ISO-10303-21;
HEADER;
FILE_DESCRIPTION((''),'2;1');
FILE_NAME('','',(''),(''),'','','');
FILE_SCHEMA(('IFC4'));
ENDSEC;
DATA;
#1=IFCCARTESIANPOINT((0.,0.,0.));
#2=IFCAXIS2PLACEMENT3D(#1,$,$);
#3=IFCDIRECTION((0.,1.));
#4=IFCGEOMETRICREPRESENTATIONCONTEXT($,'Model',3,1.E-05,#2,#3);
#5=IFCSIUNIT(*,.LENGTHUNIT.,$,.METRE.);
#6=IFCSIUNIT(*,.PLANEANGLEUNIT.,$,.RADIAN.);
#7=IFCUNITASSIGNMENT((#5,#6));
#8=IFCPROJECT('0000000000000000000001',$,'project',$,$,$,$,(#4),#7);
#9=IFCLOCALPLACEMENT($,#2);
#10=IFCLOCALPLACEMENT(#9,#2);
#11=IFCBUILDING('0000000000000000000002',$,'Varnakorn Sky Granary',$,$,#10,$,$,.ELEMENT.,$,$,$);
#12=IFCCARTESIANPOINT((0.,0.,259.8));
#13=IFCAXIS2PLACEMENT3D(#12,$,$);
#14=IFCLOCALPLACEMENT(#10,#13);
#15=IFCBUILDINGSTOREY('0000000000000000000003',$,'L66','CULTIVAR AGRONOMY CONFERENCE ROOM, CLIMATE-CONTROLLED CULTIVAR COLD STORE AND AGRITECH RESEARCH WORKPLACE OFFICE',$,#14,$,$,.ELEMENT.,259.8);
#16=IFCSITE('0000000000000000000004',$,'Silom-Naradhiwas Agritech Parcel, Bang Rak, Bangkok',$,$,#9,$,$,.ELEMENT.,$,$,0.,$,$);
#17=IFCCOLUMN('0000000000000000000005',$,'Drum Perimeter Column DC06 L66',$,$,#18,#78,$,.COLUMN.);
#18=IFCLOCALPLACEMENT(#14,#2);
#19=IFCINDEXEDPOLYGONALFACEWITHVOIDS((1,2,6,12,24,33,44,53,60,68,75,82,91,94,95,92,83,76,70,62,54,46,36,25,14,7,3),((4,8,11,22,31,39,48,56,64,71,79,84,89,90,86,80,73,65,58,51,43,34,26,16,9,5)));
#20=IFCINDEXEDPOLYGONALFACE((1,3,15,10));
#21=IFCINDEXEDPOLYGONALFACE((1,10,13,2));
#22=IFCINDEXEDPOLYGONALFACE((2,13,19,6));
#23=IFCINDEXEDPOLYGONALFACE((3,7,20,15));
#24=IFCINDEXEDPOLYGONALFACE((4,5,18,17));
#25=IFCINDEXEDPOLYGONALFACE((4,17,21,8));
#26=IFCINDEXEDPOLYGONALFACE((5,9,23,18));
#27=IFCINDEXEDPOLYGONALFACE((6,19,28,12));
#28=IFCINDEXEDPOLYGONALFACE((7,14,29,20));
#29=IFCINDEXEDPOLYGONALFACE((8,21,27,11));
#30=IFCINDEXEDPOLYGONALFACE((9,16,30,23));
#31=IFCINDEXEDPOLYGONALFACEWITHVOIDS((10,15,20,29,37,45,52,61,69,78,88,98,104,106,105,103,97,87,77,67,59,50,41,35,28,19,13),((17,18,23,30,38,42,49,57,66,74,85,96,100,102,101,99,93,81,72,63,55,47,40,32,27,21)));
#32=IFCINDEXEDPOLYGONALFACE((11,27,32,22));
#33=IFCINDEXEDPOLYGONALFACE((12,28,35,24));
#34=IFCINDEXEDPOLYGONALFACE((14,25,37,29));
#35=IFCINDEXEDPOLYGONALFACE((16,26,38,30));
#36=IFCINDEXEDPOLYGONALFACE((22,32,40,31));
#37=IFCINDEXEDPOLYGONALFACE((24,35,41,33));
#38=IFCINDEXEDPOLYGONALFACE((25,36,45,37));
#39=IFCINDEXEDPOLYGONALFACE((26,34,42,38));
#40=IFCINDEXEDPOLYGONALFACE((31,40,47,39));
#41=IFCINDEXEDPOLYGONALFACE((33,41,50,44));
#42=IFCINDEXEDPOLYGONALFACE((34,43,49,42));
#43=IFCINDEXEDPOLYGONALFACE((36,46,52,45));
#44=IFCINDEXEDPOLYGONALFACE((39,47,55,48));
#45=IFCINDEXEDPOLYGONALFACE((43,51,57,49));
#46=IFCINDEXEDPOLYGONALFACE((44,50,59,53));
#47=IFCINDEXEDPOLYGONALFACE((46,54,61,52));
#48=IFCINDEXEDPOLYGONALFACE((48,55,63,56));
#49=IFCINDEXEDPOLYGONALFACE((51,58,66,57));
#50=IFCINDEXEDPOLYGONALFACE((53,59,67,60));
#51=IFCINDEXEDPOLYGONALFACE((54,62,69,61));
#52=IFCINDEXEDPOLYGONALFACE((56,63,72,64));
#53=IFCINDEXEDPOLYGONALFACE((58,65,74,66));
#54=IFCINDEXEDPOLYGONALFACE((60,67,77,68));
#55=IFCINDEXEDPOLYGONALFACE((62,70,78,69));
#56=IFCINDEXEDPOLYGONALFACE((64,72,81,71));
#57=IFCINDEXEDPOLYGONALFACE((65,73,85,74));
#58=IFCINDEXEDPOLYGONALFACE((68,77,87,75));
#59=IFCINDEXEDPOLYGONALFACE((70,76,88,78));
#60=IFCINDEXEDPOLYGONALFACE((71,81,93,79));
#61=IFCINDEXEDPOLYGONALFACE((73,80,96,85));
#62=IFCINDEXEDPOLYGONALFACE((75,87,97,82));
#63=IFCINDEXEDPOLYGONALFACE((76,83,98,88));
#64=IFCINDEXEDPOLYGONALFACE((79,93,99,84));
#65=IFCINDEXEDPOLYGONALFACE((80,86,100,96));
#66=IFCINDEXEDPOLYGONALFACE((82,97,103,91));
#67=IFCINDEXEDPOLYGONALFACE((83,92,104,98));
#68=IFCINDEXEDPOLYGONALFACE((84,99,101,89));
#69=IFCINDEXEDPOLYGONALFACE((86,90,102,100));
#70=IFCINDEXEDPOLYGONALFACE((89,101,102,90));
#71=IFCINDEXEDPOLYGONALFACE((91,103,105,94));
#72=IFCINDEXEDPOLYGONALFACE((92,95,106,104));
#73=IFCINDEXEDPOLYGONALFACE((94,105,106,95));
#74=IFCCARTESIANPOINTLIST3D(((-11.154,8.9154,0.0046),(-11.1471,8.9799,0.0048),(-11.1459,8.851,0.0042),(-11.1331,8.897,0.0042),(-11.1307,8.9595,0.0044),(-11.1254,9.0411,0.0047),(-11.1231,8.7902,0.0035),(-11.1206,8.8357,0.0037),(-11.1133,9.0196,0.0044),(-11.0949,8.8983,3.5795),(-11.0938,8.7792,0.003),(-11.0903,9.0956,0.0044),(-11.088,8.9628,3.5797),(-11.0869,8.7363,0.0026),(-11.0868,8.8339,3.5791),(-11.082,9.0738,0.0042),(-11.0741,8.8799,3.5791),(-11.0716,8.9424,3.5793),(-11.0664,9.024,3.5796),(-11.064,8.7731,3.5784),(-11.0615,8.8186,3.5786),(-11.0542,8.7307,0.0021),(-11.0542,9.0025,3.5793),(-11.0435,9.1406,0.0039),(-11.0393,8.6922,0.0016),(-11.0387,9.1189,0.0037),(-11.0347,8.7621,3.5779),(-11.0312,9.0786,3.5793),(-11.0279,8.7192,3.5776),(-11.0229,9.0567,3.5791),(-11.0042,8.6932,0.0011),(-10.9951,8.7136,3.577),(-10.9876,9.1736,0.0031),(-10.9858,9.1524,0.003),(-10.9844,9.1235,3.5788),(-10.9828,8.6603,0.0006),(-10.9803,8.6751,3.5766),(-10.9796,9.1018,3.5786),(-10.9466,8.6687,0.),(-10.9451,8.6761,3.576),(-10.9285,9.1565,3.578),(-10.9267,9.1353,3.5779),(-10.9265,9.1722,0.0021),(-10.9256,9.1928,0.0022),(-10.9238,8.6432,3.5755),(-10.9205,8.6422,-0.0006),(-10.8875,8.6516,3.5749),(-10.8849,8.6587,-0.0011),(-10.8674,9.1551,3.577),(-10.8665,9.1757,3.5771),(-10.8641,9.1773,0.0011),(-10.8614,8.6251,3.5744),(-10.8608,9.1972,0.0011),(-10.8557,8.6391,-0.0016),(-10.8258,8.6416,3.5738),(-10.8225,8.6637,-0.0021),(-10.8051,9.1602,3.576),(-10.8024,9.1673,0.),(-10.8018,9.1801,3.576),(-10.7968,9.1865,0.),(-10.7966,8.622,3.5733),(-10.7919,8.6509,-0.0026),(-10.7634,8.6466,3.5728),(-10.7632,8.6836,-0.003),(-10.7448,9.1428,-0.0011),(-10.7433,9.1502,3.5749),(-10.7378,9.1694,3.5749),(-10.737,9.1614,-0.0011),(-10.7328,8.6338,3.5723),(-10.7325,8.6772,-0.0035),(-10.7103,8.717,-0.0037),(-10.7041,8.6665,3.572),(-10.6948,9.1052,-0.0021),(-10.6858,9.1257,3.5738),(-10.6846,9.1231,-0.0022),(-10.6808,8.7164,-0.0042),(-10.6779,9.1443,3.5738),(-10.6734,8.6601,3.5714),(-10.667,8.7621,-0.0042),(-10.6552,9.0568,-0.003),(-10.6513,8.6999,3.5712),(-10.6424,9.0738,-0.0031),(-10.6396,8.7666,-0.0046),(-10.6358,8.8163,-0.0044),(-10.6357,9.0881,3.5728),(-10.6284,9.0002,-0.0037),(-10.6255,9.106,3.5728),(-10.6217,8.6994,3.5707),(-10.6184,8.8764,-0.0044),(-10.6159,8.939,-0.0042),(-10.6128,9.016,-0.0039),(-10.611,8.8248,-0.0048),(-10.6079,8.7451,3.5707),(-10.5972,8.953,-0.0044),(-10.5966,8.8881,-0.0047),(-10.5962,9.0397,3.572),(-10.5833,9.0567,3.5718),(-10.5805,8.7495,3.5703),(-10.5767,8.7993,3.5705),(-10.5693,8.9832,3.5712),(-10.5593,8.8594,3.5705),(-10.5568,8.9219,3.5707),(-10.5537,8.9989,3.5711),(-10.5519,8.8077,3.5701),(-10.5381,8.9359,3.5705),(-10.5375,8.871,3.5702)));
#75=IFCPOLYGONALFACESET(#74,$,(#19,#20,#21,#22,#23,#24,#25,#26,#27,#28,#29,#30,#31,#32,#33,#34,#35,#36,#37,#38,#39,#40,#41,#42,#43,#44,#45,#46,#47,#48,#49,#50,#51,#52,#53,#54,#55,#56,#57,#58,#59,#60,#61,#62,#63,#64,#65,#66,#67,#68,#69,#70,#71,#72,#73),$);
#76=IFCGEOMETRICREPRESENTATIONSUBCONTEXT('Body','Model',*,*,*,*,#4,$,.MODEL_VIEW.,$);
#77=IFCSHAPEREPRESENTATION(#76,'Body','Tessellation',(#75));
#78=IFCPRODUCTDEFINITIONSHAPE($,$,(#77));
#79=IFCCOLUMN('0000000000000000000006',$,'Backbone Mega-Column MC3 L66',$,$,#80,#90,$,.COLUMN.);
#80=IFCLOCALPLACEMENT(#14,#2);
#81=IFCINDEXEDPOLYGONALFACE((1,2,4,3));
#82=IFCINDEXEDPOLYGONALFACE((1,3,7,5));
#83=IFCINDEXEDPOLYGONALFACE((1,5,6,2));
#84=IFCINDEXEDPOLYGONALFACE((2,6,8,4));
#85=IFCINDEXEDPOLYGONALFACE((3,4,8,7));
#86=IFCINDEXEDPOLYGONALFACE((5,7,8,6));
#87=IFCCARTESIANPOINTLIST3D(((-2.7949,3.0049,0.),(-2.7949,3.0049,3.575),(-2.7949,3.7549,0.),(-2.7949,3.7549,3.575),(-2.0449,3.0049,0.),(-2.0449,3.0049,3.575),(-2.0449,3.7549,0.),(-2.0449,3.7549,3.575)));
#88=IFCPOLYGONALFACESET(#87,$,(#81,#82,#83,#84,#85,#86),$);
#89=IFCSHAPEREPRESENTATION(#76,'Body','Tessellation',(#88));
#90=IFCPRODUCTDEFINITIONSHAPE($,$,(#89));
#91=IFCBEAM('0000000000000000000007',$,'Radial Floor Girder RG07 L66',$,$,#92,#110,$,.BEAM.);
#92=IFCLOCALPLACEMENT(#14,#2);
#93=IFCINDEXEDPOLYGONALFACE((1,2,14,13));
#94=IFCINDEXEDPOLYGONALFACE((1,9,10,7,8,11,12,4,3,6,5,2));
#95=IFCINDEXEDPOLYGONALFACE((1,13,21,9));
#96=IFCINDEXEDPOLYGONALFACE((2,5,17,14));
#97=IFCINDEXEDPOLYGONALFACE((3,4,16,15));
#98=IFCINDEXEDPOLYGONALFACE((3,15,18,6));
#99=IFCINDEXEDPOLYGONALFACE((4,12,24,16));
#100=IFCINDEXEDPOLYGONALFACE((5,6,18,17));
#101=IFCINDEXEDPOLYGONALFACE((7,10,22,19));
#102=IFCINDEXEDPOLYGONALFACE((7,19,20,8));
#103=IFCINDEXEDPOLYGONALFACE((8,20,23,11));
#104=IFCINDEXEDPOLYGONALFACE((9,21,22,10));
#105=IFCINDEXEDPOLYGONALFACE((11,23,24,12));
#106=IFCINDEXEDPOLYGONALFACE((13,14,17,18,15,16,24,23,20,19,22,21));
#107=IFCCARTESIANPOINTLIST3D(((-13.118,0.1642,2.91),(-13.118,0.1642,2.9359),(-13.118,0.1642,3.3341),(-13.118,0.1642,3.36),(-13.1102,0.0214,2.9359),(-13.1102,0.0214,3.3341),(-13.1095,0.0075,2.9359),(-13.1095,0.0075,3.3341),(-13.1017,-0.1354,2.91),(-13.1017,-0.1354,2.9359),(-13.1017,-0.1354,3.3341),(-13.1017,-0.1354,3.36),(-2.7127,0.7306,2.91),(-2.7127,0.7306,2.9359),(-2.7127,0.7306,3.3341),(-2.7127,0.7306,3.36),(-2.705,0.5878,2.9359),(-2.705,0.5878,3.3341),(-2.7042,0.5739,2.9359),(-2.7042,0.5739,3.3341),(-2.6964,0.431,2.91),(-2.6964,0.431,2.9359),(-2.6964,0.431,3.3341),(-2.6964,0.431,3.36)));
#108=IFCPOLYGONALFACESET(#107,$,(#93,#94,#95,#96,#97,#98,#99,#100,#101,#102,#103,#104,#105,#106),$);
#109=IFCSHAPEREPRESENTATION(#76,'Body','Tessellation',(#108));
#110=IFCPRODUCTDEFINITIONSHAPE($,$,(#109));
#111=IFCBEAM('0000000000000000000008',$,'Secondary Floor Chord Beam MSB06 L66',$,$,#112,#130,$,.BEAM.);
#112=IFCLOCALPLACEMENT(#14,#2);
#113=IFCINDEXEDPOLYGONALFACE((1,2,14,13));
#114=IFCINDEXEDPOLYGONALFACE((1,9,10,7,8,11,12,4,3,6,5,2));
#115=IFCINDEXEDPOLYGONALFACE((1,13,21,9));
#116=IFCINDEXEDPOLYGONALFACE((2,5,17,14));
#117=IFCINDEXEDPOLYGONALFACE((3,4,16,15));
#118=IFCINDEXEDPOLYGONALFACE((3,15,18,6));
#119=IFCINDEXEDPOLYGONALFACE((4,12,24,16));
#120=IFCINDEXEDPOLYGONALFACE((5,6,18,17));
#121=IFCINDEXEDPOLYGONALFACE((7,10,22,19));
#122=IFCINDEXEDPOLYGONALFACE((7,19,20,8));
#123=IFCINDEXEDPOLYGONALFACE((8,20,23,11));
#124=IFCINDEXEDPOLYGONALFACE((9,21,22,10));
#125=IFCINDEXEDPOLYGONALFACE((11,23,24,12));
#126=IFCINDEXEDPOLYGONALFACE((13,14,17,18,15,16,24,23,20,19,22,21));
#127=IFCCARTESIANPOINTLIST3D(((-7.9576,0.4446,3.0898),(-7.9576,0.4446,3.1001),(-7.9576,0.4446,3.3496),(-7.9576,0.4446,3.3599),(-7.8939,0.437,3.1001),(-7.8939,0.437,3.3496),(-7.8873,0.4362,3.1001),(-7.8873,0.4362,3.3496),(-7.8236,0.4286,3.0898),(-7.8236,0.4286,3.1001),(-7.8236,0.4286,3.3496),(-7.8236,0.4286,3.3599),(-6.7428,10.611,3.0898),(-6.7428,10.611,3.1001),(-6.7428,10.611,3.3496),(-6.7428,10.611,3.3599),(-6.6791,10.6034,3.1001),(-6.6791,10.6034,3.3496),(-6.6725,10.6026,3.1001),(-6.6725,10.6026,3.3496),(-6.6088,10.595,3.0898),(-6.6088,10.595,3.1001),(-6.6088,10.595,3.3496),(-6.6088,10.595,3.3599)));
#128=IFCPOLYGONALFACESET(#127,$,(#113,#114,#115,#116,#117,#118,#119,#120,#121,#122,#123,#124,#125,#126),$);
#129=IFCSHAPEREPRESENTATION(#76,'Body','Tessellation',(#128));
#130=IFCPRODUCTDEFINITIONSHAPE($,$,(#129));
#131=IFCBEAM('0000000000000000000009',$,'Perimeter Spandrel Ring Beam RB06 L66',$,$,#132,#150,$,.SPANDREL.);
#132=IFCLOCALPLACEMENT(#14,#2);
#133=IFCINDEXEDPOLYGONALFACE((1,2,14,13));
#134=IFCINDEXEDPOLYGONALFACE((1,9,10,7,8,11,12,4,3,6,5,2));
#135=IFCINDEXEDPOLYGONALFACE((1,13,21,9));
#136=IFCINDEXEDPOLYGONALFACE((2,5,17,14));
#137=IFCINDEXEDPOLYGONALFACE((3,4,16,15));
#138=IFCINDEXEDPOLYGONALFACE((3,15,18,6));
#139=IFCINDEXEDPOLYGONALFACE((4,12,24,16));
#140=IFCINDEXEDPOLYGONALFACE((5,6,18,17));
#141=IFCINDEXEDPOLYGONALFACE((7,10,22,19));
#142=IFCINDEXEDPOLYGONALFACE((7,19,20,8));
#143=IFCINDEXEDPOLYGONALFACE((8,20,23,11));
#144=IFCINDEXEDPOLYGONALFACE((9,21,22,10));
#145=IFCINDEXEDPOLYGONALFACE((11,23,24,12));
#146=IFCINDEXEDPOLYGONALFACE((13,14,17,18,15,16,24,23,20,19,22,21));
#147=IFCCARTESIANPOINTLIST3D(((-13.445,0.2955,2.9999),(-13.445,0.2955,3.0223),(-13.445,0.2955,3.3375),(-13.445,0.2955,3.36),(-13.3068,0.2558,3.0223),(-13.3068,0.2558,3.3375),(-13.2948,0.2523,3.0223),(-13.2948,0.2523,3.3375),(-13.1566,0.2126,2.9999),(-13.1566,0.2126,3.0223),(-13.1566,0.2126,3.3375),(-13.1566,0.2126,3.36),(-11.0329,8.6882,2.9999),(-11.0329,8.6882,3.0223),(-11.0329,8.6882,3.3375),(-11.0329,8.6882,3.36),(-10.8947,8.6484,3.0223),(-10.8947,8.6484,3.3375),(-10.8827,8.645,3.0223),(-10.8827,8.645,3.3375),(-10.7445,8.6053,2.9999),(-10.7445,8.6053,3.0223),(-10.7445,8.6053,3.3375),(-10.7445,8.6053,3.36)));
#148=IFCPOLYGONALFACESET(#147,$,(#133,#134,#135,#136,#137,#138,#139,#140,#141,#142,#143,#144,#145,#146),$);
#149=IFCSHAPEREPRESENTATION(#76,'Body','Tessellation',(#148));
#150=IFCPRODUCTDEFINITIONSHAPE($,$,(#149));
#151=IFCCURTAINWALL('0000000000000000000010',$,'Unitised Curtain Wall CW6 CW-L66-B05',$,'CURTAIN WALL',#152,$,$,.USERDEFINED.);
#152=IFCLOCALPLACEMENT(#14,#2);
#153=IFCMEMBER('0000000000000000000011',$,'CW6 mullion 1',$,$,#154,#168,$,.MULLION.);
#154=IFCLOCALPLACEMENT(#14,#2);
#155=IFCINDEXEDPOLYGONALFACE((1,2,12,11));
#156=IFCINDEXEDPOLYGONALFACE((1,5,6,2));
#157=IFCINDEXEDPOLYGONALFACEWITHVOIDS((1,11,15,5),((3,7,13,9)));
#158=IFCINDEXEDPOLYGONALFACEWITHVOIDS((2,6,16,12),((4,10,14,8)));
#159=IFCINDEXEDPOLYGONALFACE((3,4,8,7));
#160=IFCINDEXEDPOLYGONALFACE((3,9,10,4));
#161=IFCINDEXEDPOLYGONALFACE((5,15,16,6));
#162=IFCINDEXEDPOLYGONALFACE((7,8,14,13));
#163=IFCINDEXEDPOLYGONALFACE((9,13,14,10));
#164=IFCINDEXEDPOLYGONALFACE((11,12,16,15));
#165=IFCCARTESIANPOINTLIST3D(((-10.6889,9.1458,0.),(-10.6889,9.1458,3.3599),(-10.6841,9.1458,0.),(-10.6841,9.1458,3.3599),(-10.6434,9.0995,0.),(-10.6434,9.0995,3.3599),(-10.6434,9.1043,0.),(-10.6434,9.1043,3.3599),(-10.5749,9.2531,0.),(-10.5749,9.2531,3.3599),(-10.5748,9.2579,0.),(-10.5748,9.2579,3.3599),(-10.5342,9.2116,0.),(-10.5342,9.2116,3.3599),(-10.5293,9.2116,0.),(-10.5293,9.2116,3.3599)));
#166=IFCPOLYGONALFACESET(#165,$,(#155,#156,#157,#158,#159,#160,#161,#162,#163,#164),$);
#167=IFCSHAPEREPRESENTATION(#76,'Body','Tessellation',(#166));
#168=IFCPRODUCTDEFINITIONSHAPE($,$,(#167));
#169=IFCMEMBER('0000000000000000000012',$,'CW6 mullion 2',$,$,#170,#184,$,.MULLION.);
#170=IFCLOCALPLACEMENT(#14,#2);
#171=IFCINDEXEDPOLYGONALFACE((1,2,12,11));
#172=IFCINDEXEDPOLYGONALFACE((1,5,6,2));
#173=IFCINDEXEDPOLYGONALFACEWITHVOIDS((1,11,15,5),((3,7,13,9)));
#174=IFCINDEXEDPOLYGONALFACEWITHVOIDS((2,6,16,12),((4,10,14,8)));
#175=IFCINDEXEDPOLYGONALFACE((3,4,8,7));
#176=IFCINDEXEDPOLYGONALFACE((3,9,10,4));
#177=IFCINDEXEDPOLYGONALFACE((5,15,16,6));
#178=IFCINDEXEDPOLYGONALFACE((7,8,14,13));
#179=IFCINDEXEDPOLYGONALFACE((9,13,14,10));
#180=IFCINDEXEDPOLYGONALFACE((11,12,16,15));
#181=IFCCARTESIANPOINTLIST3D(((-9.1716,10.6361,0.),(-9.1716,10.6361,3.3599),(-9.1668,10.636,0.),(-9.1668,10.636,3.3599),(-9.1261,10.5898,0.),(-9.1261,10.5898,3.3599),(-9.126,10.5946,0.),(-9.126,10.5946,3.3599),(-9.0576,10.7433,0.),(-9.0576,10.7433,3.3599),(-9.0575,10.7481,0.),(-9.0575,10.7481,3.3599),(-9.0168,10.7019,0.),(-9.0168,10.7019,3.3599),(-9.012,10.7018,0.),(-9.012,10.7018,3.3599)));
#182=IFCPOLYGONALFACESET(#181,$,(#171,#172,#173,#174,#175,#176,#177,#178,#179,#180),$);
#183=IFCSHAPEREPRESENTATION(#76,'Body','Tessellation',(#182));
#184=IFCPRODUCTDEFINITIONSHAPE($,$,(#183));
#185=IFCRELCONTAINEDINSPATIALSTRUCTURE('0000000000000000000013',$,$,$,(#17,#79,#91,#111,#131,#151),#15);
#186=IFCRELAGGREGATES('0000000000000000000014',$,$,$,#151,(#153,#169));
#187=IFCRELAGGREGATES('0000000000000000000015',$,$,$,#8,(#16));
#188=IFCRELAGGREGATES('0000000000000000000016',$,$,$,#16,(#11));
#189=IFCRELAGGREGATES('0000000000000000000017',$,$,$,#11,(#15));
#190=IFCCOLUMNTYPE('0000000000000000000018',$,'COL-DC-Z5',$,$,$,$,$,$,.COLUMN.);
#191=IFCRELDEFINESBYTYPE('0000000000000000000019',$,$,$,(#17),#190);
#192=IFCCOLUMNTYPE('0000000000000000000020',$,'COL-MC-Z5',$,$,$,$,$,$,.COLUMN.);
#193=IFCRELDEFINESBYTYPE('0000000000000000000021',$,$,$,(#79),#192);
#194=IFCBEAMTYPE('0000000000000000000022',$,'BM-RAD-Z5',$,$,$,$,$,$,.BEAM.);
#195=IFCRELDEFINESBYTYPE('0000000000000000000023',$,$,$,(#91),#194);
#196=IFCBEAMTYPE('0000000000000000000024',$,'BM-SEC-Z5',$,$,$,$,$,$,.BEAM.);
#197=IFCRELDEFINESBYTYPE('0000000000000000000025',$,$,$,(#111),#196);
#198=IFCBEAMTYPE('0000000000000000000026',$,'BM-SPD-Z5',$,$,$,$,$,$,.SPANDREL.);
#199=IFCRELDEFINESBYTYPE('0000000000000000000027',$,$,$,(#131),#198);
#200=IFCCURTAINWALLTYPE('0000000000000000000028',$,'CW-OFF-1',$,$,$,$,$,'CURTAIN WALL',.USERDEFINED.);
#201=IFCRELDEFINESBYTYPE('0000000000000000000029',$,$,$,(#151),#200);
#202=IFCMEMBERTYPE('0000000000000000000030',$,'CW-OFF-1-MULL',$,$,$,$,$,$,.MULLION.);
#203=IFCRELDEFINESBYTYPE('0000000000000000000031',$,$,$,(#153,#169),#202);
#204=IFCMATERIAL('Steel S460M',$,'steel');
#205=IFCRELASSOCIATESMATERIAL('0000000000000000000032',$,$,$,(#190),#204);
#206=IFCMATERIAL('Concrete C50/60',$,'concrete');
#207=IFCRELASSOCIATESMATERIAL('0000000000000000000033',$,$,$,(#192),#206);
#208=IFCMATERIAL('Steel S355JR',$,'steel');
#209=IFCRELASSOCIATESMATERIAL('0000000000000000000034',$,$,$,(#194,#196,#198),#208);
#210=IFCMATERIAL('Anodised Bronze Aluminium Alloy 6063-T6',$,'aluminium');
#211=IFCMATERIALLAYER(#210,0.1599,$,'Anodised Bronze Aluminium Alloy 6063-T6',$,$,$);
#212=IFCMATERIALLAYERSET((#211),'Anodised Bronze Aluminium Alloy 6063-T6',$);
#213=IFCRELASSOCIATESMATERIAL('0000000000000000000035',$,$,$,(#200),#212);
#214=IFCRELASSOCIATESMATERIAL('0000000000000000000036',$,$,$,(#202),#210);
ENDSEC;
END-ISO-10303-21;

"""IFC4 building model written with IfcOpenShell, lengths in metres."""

from ifc_helpers import new_model, si_unit, direction, frame, origin, origin_2d, place, context, subcontext, project, spatial, rectangle, hollow_rectangle, hollow_circle, i_section, extrude, material, layer, layer_set, material_profile, profile_set, type_object, element, aggregate, save


model = new_model("IFC4")

# Units and contexts
model_context = context("Model", 3, precision=1e-05, world=origin(), true_north=direction((0.0, 1.0)))
body_context = subcontext(model_context, "Body", "Model", "MODEL_VIEW")
ifc_project = project(units=[si_unit("LENGTHUNIT", "METRE"), si_unit("PLANEANGLEUNIT", "RADIAN")], contexts=[model_context])

# Site, building, storey
site_placement = place(None, origin())
site = spatial("IfcSite", under=ifc_project, at=site_placement, Name="Silom-Naradhiwas Agritech Parcel, Bang Rak, Bangkok", CompositionType="ELEMENT", RefElevation=0.0)
building_placement = place(site_placement, origin())
building = spatial("IfcBuilding", under=site, at=building_placement, Name="Varnakorn Sky Granary", CompositionType="ELEMENT")
storey_placement = place(building_placement, frame((0.0, 0.0, 259.8)))
storey = spatial("IfcBuildingStorey", under=building, at=storey_placement, Name="L66", Description="CULTIVAR AGRONOMY CONFERENCE ROOM, CLIMATE-CONTROLLED CULTIVAR COLD STORE AND AGRITECH RESEARCH WORKPLACE OFFICE", CompositionType="ELEMENT", Elevation=259.8)

# Columns
ifc_material_1 = material(Name="Steel S460M", Category="steel")
ifc_material_profile_1 = material_profile(ifc_material_1, hollow_circle(Radius=0.2795, WallThickness=0.02, at=origin_2d()), Name="CHS 559x20")
ifc_profile_set_1 = profile_set([ifc_material_profile_1], Name="Steel S460M")
column_type_1 = type_object("IfcColumnType", Name="COL-DC-Z5", PredefinedType="COLUMN", material=ifc_profile_set_1)
column_1_placement = place(storey_placement, frame((-10.8745, 8.918, 0.0), z_axis=(0.016524, -0.00478, 0.999852), x_axis=(0.277865, 0.96062, 0.0)))
element("IfcColumn", 1, at=column_1_placement, inside=storey, type_object=column_type_1, Name="Drum Perimeter Column DC06 L66", PredefinedType="COLUMN", context=body_context, shape_type="SweptSolid", body=[
    extrude(hollow_circle(Radius=0.2795, WallThickness=0.02, at=origin_2d()), origin(), (0.0, 0.0, 1.0), 3.5754),
])
ifc_material_2 = material(Name="Concrete C50/60", Category="concrete")
ifc_material_profile_2 = material_profile(ifc_material_2, rectangle(XDim=0.75, YDim=0.75, at=origin_2d()), Name="RC 750x750")
ifc_profile_set_2 = profile_set([ifc_material_profile_2], Name="Concrete C50/60")
column_type_2 = type_object("IfcColumnType", Name="COL-MC-Z5", PredefinedType="COLUMN", material=ifc_profile_set_2)
column_2_placement = place(storey_placement, frame((-2.4199, 3.3799, 0.0), z_axis=(0.0, 0.0, 1.0), x_axis=(1.0, 0.0, 0.0)))
element("IfcColumn", 2, at=column_2_placement, inside=storey, type_object=column_type_2, Name="Backbone Mega-Column MC3 L66", PredefinedType="COLUMN", context=body_context, shape_type="SweptSolid", body=[
    extrude(rectangle(XDim=0.75, YDim=0.75, at=origin_2d()), origin(), (0.0, 0.0, 1.0), 3.575),
])

# Beams
ifc_material_3 = material(Name="Steel S355JR", Category="steel")
ifc_material_profile_3 = material_profile(ifc_material_3, i_section(OverallWidth=0.3, OverallDepth=0.45, WebThickness=0.0139, FlangeThickness=0.0259, at=origin_2d()), Name="HE 450 B")
ifc_profile_set_3 = profile_set([ifc_material_profile_3], Name="Steel S355JR")
beam_type_1 = type_object("IfcBeamType", Name="BM-RAD-Z5", PredefinedType="BEAM", material=ifc_profile_set_3)
beam_1_placement = place(storey_placement, frame((-2.7046, 0.5808, 3.135), z_axis=(-0.998522, -0.054354, 0.0), x_axis=(0.054354, -0.998522, 0.0)))
element("IfcBeam", 3, at=beam_1_placement, inside=storey, type_object=beam_type_1, Name="Radial Floor Girder RG07 L66", PredefinedType="BEAM", context=body_context, shape_type="SweptSolid", body=[
    extrude(i_section(OverallWidth=0.3, OverallDepth=0.45, WebThickness=0.0139, FlangeThickness=0.0259, at=origin_2d()), origin(), (0.0, 0.0, 1.0), 10.4207),
])
ifc_material_profile_4 = material_profile(ifc_material_3, i_section(OverallWidth=0.135, OverallDepth=0.27, WebThickness=0.0066, FlangeThickness=0.0103, at=origin_2d()), Name="IPE 270")
ifc_profile_set_4 = profile_set([ifc_material_profile_4], Name="Steel S355JR")
beam_type_2 = type_object("IfcBeamType", Name="BM-SEC-Z5", PredefinedType="BEAM", material=ifc_profile_set_4)
beam_2_placement = place(storey_placement, frame((-6.6758, 10.603, 3.2249), z_axis=(-0.118651, -0.992936, 0.0), x_axis=(0.992936, -0.118651, 0.0)))
element("IfcBeam", 4, at=beam_2_placement, inside=storey, type_object=beam_type_2, Name="Secondary Floor Chord Beam MSB06 L66", PredefinedType="BEAM", context=body_context, shape_type="SweptSolid", body=[
    extrude(i_section(OverallWidth=0.135, OverallDepth=0.27, WebThickness=0.0066, FlangeThickness=0.0103, at=origin_2d()), origin(), (0.0, 0.0, 1.0), 10.2388),
])
ifc_material_profile_5 = material_profile(ifc_material_3, i_section(OverallWidth=0.3, OverallDepth=0.3601, WebThickness=0.0125, FlangeThickness=0.0225, at=origin_2d()), Name="HE 360 B")
ifc_profile_set_5 = profile_set([ifc_material_profile_5], Name="Steel S355JR")
beam_type_3 = type_object("IfcBeamType", Name="BM-SPD-Z5", PredefinedType="SPANDREL", material=ifc_profile_set_5)
beam_3_placement = place(storey_placement, frame((-10.8887, 8.6467, 3.1799), z_axis=(-0.276227, -0.961092, 0.0), x_axis=(0.961092, -0.276227, 0.0)))
element("IfcBeam", 5, at=beam_3_placement, inside=storey, type_object=beam_type_3, Name="Perimeter Spandrel Ring Beam RB06 L66", PredefinedType="SPANDREL", context=body_context, shape_type="SweptSolid", body=[
    extrude(i_section(OverallWidth=0.3, OverallDepth=0.3601, WebThickness=0.0125, FlangeThickness=0.0225, at=origin_2d()), origin(), (0.0, 0.0, 1.0), 8.7324),
])

# Curtain wall, members
ifc_material_4 = material(Name="Anodised Bronze Aluminium Alloy 6063-T6", Category="aluminium")
ifc_layer_1 = layer(ifc_material_4, 0.1599, Name="Anodised Bronze Aluminium Alloy 6063-T6")
ifc_layer_set_1 = layer_set([ifc_layer_1], Name="Anodised Bronze Aluminium Alloy 6063-T6")
curtain_wall_type = type_object("IfcCurtainWallType", Name="CW-OFF-1", ElementType="CURTAIN WALL", PredefinedType="USERDEFINED", material=ifc_layer_set_1)
curtain_wall_placement = place(storey_placement, origin())
curtain_wall = element("IfcCurtainWall", 6, at=curtain_wall_placement, inside=storey, type_object=curtain_wall_type, Name="Unitised Curtain Wall CW6 CW-L66-B05", ObjectType="CURTAIN WALL", PredefinedType="USERDEFINED")
ifc_material_profile_6 = material_profile(ifc_material_4, hollow_rectangle(XDim=0.0649, YDim=0.1599, WallThickness=0.0034, at=origin_2d()), Name="ALU MULL 65x160")
ifc_profile_set_6 = profile_set([ifc_material_profile_6], Name="Anodised Bronze Aluminium Alloy 6063-T6")
member_type_1 = type_object("IfcMemberType", Name="CW-OFF-1-MULL", PredefinedType="MULLION", material=ifc_profile_set_6)
member_1_placement = place(storey_placement, frame((-10.6091, 9.1787, 0.0), z_axis=(0.0, 0.0, 1.0), x_axis=(-0.700774, 0.713383, 0.0)))
member_1 = element("IfcMember", 7, at=member_1_placement, type_object=member_type_1, Name="CW6 mullion 1", PredefinedType="MULLION", context=body_context, shape_type="SweptSolid", body=[
    extrude(hollow_rectangle(XDim=0.0649, YDim=0.1599, WallThickness=0.0034, at=origin_2d()), origin(), (0.0, 0.0, 1.0), 3.3599),
])
member_2_placement = place(storey_placement, frame((-9.0918, 10.6689, 0.0), z_axis=(0.0, 0.0, 1.0), x_axis=(-0.700774, 0.713383, 0.0)))
member_2 = element("IfcMember", 8, at=member_2_placement, type_object=member_type_1, Name="CW6 mullion 2", PredefinedType="MULLION", context=body_context, shape_type="SweptSolid", body=[
    extrude(hollow_rectangle(XDim=0.0649, YDim=0.1599, WallThickness=0.0034, at=origin_2d()), origin(), (0.0, 0.0, 1.0), 3.3599),
])
aggregate(curtain_wall, [member_1, member_2])

save(model, "model.ifc")
